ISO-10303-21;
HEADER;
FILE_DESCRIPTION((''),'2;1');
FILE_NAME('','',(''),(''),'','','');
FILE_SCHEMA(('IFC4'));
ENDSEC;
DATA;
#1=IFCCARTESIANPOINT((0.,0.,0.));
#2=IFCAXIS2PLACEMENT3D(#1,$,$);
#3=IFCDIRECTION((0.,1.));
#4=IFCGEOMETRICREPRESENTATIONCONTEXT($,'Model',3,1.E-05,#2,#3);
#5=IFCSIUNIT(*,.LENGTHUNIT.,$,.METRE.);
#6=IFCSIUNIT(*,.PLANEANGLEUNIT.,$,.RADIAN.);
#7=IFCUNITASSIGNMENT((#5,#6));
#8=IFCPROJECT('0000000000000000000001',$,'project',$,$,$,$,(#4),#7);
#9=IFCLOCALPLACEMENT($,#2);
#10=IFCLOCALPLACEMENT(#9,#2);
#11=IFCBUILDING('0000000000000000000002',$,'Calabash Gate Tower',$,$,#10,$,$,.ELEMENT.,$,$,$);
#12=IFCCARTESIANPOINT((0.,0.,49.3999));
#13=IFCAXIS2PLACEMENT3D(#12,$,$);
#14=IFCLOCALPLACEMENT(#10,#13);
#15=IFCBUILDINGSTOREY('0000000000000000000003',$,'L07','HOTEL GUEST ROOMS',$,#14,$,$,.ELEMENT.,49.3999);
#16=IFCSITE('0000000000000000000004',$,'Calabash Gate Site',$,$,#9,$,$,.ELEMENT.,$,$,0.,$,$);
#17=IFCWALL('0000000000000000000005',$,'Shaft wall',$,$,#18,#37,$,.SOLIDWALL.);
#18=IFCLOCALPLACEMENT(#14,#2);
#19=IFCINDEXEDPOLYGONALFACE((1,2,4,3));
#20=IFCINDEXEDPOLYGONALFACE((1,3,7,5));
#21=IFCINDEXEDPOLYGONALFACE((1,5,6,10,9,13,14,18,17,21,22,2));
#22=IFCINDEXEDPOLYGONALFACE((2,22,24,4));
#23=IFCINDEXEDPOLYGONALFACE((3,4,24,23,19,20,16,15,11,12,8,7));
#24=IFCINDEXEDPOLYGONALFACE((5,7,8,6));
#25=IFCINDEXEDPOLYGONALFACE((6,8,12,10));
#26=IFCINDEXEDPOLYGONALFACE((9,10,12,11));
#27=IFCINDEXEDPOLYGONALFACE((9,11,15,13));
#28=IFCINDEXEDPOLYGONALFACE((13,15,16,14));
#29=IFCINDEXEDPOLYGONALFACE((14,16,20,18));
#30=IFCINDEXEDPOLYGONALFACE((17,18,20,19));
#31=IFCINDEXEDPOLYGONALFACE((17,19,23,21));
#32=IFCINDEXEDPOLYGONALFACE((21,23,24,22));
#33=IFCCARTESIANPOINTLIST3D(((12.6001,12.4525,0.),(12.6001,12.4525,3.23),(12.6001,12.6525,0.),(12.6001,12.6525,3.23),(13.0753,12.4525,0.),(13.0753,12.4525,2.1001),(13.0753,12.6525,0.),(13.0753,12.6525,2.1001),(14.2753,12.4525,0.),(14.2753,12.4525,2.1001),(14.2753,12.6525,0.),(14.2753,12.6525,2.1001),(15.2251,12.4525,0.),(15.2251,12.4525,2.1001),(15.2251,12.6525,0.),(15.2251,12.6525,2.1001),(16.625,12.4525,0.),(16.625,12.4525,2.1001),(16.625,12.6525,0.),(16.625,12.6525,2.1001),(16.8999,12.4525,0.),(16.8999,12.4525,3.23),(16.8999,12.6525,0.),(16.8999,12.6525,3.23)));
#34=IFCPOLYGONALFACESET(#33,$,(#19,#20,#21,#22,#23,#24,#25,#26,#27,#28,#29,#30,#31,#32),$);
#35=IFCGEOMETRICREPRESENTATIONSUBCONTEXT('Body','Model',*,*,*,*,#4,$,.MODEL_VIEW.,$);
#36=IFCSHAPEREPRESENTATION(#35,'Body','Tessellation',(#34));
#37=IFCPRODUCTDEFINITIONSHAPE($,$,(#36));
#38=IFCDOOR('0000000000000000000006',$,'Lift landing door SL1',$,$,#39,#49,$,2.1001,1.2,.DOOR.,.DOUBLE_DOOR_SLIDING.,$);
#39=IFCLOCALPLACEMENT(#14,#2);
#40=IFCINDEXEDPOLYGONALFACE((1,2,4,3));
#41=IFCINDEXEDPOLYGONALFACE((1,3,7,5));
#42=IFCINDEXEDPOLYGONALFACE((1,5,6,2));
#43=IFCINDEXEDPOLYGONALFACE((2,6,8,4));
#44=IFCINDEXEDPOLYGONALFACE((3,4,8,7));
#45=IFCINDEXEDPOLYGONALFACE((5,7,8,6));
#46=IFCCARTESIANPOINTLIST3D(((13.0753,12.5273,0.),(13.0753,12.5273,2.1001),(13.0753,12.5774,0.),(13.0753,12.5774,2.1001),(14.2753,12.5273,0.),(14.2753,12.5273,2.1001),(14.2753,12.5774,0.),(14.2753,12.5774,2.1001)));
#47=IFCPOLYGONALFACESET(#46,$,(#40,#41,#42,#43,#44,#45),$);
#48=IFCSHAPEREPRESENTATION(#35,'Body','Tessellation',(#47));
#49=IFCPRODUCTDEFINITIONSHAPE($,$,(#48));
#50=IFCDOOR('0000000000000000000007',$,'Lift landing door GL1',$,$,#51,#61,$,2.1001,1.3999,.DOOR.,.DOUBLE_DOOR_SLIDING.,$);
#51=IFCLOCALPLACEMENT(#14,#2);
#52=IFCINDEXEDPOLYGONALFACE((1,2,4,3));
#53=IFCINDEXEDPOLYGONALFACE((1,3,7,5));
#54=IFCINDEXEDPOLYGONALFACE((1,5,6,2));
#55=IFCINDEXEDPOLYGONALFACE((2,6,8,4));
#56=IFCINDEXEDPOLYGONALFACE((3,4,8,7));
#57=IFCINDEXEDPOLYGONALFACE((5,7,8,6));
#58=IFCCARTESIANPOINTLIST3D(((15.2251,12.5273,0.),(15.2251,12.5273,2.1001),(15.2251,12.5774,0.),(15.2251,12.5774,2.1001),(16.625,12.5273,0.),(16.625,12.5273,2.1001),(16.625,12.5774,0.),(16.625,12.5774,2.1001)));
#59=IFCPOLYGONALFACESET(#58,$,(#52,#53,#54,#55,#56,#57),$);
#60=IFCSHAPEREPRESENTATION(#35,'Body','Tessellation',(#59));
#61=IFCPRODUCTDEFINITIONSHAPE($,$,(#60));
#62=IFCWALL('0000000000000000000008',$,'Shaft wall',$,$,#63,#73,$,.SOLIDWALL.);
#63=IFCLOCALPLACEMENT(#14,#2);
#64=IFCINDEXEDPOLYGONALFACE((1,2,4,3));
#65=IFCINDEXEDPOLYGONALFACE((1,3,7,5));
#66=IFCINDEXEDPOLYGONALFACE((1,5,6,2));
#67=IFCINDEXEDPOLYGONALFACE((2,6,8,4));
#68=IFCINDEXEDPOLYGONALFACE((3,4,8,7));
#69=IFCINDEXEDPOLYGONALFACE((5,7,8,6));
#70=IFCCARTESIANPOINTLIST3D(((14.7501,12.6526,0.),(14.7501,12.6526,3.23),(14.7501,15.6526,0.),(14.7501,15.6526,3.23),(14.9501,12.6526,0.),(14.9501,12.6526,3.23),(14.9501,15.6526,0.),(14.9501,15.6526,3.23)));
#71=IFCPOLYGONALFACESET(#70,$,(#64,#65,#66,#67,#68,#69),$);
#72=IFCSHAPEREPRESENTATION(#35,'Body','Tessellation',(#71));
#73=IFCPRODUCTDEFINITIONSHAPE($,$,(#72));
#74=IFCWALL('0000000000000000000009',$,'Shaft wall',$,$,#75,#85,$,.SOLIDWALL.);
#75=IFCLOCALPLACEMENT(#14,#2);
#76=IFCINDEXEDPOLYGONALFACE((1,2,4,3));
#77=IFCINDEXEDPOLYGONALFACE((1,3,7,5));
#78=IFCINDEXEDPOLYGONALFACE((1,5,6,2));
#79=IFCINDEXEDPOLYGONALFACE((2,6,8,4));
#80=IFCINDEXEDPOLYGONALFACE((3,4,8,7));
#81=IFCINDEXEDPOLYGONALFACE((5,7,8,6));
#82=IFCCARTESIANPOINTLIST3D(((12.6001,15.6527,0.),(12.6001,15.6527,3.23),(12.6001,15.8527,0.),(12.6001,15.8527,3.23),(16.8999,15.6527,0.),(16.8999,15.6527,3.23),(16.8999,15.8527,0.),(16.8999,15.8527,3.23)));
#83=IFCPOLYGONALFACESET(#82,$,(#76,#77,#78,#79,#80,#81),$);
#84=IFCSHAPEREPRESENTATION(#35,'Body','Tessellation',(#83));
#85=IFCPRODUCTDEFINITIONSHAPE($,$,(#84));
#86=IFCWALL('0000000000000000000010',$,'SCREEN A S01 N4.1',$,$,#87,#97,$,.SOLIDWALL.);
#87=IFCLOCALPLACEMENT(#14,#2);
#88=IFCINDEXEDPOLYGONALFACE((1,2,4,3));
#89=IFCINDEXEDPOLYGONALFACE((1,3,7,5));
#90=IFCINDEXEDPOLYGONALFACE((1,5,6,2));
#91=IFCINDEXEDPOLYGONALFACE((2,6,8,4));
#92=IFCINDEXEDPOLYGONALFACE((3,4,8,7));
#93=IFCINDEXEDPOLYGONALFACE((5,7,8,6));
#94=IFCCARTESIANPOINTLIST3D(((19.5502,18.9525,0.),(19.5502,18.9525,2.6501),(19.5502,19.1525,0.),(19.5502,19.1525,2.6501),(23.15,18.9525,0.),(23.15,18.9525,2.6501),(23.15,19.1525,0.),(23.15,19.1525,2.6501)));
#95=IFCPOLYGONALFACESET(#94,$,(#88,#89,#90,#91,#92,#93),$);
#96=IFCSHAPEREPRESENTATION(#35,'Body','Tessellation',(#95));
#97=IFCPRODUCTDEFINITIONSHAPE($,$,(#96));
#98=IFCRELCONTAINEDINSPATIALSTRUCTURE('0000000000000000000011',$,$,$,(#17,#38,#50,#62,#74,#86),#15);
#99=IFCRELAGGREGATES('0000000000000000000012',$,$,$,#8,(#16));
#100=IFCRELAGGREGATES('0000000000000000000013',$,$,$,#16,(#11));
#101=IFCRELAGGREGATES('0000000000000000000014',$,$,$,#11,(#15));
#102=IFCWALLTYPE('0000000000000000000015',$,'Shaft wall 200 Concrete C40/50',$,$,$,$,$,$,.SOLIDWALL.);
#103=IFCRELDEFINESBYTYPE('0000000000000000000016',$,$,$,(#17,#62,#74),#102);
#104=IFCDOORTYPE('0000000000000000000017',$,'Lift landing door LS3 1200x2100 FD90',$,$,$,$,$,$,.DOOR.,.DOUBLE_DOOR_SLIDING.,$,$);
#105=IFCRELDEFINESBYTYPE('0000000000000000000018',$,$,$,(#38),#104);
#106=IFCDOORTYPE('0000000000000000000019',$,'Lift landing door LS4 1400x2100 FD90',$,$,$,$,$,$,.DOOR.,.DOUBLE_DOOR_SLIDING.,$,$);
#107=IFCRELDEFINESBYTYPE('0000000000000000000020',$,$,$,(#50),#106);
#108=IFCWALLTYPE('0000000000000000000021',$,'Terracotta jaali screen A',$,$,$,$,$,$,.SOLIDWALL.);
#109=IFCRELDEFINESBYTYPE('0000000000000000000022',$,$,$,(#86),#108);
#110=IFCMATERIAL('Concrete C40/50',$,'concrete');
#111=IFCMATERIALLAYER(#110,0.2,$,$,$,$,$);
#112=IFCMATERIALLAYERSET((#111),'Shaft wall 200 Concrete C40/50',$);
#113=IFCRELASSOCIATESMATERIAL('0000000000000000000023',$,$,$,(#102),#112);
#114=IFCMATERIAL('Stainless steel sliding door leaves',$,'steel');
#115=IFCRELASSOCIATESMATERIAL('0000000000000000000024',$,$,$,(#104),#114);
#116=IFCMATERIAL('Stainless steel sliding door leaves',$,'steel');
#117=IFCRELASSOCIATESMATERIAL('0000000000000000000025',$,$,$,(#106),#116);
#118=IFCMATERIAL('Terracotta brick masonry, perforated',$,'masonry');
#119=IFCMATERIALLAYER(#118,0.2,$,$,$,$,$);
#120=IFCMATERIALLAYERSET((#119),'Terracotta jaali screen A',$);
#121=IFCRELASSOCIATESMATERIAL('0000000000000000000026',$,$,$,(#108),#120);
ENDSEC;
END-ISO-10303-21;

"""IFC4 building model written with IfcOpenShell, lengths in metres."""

from ifc_helpers import new_model, si_unit, direction, frame, frame_2d, origin, place, context, subcontext, project, spatial, rectangle, extrude, material, layer, layer_set, type_object, element, fill, save


model = new_model("IFC4")

# Units and contexts
model_context = context("Model", 3, precision=1e-05, world=origin(), true_north=direction((0.0, 1.0)))
body_context = subcontext(model_context, "Body", "Model", "MODEL_VIEW")
ifc_project = project(units=[si_unit("LENGTHUNIT", "METRE"), si_unit("PLANEANGLEUNIT", "RADIAN")], contexts=[model_context])

# Site, building, storey
site_placement = place(None, origin())
site = spatial("IfcSite", under=ifc_project, at=site_placement, Name="Calabash Gate Site", CompositionType="ELEMENT", RefElevation=0.0)
building_placement = place(site_placement, origin())
building = spatial("IfcBuilding", under=site, at=building_placement, Name="Calabash Gate Tower", CompositionType="ELEMENT")
storey_placement = place(building_placement, frame((0.0, 0.0, 49.3999)))
storey = spatial("IfcBuildingStorey", under=building, at=storey_placement, Name="L07", Description="HOTEL GUEST ROOMS", CompositionType="ELEMENT", Elevation=49.3999)

# Wall, openings, doors
ifc_material_1 = material(Name="Concrete C40/50", Category="concrete")
ifc_layer_1 = layer(ifc_material_1, 0.2)
ifc_layer_set_1 = layer_set([ifc_layer_1], Name="Shaft wall 200 Concrete C40/50")
wall_type_1 = type_object("IfcWallType", Name="Shaft wall 200 Concrete C40/50", PredefinedType="SOLIDWALL", material=ifc_layer_set_1)
wall_1_placement = place(storey_placement, frame((12.6001, 12.5525, 0.0), z_axis=(0.0, 0.0, 1.0), x_axis=(1.0, 0.0, 0.0)))
wall_1 = element("IfcWall", 1, at=wall_1_placement, inside=storey, type_object=wall_type_1, Name="Shaft wall", PredefinedType="SOLIDWALL", context=body_context, shape_type="SweptSolid", body=[
    extrude(rectangle(XDim=4.2998, YDim=0.2, at=frame_2d((2.1499, 0.0))), origin(), (0.0, 0.0, 1.0), 3.23),
])
opening_1_placement = place(wall_1_placement, frame((0.4751, 0.0, 0.0)))
opening_1 = element("IfcOpeningElement", 2, at=opening_1_placement, cuts=wall_1, PredefinedType="OPENING", context=body_context, shape_type="SweptSolid", body=[
    extrude(rectangle(XDim=1.2, YDim=2.1001, at=frame_2d((0.6001, 1.05))), frame((0.0, 0.1099, 0.0), z_axis=(0.0, -1.0, 0.0), x_axis=(1.0, 0.0, 0.0)), (0.0, 0.0, 1.0), 0.22),
])
opening_2_placement = place(wall_1_placement, frame((2.625, 0.0, 0.0)))
opening_2 = element("IfcOpeningElement", 3, at=opening_2_placement, cuts=wall_1, PredefinedType="OPENING", context=body_context, shape_type="SweptSolid", body=[
    extrude(rectangle(XDim=1.3999, YDim=2.1001, at=frame_2d((0.7, 1.05))), frame((0.0, 0.1099, 0.0), z_axis=(0.0, -1.0, 0.0), x_axis=(1.0, 0.0, 0.0)), (0.0, 0.0, 1.0), 0.22),
])
ifc_material_2 = material(Name="Stainless steel sliding door leaves", Category="steel")
door_type_1 = type_object("IfcDoorType", Name="Lift landing door LS3 1200x2100 FD90", OperationType="DOUBLE_DOOR_SLIDING", PredefinedType="DOOR", material=ifc_material_2)
door_1_placement = place(opening_1_placement, origin())
door_1 = element("IfcDoor", 4, at=door_1_placement, inside=storey, type_object=door_type_1, Name="Lift landing door SL1", OperationType="DOUBLE_DOOR_SLIDING", OverallHeight=2.1001, OverallWidth=1.2, PredefinedType="DOOR", context=body_context, shape_type="SweptSolid", body=[
    extrude(rectangle(XDim=1.2, YDim=2.1001, at=frame_2d((0.6001, 1.05))), frame((0.0, 0.0249, 0.0), z_axis=(0.0, -1.0, 0.0), x_axis=(1.0, 0.0, 0.0)), (0.0, 0.0, 1.0), 0.05),
])
fill(opening_1, door_1)
ifc_material_3 = material(Name="Stainless steel sliding door leaves", Category="steel")
door_type_2 = type_object("IfcDoorType", Name="Lift landing door LS4 1400x2100 FD90", OperationType="DOUBLE_DOOR_SLIDING", PredefinedType="DOOR", material=ifc_material_3)
door_2_placement = place(opening_2_placement, origin())
door_2 = element("IfcDoor", 5, at=door_2_placement, inside=storey, type_object=door_type_2, Name="Lift landing door GL1", OperationType="DOUBLE_DOOR_SLIDING", OverallHeight=2.1001, OverallWidth=1.3999, PredefinedType="DOOR", context=body_context, shape_type="SweptSolid", body=[
    extrude(rectangle(XDim=1.3999, YDim=2.1001, at=frame_2d((0.7, 1.05))), frame((0.0, 0.0249, 0.0), z_axis=(0.0, -1.0, 0.0), x_axis=(1.0, 0.0, 0.0)), (0.0, 0.0, 1.0), 0.05),
])
fill(opening_2, door_2)

# Walls
wall_2_placement = place(storey_placement, frame((14.8501, 12.6526, 0.0), z_axis=(0.0, 0.0, 1.0), x_axis=(0.0, 1.0, 0.0)))
element("IfcWall", 6, at=wall_2_placement, inside=storey, type_object=wall_type_1, Name="Shaft wall", PredefinedType="SOLIDWALL", context=body_context, shape_type="SweptSolid", body=[
    extrude(rectangle(XDim=3.0, YDim=0.2, at=frame_2d((1.5, 0.0))), origin(), (0.0, 0.0, 1.0), 3.23),
])
wall_3_placement = place(storey_placement, frame((12.6001, 15.7527, 0.0), z_axis=(0.0, 0.0, 1.0), x_axis=(1.0, 0.0, 0.0)))
element("IfcWall", 7, at=wall_3_placement, inside=storey, type_object=wall_type_1, Name="Shaft wall", PredefinedType="SOLIDWALL", context=body_context, shape_type="SweptSolid", body=[
    extrude(rectangle(XDim=4.2998, YDim=0.2, at=frame_2d((2.1499, 0.0))), origin(), (0.0, 0.0, 1.0), 3.23),
])
ifc_material_4 = material(Name="Terracotta brick masonry, perforated", Category="masonry")
ifc_layer_2 = layer(ifc_material_4, 0.2)
ifc_layer_set_2 = layer_set([ifc_layer_2], Name="Terracotta jaali screen A")
wall_type_2 = type_object("IfcWallType", Name="Terracotta jaali screen A", PredefinedType="SOLIDWALL", material=ifc_layer_set_2)
wall_4_placement = place(storey_placement, frame((23.1499, 19.0525, 0.0), z_axis=(0.0, 0.0, 1.0), x_axis=(-1.0, 0.0, 0.0)))
element("IfcWall", 8, at=wall_4_placement, inside=storey, type_object=wall_type_2, Name="SCREEN A S01 N4.1", PredefinedType="SOLIDWALL", context=body_context, shape_type="SweptSolid", body=[
    extrude(rectangle(XDim=3.5999, YDim=0.2, at=frame_2d((1.7998, 0.0))), origin(), (0.0, 0.0, 1.0), 2.6501),
])

save(model, "model.ifc")
